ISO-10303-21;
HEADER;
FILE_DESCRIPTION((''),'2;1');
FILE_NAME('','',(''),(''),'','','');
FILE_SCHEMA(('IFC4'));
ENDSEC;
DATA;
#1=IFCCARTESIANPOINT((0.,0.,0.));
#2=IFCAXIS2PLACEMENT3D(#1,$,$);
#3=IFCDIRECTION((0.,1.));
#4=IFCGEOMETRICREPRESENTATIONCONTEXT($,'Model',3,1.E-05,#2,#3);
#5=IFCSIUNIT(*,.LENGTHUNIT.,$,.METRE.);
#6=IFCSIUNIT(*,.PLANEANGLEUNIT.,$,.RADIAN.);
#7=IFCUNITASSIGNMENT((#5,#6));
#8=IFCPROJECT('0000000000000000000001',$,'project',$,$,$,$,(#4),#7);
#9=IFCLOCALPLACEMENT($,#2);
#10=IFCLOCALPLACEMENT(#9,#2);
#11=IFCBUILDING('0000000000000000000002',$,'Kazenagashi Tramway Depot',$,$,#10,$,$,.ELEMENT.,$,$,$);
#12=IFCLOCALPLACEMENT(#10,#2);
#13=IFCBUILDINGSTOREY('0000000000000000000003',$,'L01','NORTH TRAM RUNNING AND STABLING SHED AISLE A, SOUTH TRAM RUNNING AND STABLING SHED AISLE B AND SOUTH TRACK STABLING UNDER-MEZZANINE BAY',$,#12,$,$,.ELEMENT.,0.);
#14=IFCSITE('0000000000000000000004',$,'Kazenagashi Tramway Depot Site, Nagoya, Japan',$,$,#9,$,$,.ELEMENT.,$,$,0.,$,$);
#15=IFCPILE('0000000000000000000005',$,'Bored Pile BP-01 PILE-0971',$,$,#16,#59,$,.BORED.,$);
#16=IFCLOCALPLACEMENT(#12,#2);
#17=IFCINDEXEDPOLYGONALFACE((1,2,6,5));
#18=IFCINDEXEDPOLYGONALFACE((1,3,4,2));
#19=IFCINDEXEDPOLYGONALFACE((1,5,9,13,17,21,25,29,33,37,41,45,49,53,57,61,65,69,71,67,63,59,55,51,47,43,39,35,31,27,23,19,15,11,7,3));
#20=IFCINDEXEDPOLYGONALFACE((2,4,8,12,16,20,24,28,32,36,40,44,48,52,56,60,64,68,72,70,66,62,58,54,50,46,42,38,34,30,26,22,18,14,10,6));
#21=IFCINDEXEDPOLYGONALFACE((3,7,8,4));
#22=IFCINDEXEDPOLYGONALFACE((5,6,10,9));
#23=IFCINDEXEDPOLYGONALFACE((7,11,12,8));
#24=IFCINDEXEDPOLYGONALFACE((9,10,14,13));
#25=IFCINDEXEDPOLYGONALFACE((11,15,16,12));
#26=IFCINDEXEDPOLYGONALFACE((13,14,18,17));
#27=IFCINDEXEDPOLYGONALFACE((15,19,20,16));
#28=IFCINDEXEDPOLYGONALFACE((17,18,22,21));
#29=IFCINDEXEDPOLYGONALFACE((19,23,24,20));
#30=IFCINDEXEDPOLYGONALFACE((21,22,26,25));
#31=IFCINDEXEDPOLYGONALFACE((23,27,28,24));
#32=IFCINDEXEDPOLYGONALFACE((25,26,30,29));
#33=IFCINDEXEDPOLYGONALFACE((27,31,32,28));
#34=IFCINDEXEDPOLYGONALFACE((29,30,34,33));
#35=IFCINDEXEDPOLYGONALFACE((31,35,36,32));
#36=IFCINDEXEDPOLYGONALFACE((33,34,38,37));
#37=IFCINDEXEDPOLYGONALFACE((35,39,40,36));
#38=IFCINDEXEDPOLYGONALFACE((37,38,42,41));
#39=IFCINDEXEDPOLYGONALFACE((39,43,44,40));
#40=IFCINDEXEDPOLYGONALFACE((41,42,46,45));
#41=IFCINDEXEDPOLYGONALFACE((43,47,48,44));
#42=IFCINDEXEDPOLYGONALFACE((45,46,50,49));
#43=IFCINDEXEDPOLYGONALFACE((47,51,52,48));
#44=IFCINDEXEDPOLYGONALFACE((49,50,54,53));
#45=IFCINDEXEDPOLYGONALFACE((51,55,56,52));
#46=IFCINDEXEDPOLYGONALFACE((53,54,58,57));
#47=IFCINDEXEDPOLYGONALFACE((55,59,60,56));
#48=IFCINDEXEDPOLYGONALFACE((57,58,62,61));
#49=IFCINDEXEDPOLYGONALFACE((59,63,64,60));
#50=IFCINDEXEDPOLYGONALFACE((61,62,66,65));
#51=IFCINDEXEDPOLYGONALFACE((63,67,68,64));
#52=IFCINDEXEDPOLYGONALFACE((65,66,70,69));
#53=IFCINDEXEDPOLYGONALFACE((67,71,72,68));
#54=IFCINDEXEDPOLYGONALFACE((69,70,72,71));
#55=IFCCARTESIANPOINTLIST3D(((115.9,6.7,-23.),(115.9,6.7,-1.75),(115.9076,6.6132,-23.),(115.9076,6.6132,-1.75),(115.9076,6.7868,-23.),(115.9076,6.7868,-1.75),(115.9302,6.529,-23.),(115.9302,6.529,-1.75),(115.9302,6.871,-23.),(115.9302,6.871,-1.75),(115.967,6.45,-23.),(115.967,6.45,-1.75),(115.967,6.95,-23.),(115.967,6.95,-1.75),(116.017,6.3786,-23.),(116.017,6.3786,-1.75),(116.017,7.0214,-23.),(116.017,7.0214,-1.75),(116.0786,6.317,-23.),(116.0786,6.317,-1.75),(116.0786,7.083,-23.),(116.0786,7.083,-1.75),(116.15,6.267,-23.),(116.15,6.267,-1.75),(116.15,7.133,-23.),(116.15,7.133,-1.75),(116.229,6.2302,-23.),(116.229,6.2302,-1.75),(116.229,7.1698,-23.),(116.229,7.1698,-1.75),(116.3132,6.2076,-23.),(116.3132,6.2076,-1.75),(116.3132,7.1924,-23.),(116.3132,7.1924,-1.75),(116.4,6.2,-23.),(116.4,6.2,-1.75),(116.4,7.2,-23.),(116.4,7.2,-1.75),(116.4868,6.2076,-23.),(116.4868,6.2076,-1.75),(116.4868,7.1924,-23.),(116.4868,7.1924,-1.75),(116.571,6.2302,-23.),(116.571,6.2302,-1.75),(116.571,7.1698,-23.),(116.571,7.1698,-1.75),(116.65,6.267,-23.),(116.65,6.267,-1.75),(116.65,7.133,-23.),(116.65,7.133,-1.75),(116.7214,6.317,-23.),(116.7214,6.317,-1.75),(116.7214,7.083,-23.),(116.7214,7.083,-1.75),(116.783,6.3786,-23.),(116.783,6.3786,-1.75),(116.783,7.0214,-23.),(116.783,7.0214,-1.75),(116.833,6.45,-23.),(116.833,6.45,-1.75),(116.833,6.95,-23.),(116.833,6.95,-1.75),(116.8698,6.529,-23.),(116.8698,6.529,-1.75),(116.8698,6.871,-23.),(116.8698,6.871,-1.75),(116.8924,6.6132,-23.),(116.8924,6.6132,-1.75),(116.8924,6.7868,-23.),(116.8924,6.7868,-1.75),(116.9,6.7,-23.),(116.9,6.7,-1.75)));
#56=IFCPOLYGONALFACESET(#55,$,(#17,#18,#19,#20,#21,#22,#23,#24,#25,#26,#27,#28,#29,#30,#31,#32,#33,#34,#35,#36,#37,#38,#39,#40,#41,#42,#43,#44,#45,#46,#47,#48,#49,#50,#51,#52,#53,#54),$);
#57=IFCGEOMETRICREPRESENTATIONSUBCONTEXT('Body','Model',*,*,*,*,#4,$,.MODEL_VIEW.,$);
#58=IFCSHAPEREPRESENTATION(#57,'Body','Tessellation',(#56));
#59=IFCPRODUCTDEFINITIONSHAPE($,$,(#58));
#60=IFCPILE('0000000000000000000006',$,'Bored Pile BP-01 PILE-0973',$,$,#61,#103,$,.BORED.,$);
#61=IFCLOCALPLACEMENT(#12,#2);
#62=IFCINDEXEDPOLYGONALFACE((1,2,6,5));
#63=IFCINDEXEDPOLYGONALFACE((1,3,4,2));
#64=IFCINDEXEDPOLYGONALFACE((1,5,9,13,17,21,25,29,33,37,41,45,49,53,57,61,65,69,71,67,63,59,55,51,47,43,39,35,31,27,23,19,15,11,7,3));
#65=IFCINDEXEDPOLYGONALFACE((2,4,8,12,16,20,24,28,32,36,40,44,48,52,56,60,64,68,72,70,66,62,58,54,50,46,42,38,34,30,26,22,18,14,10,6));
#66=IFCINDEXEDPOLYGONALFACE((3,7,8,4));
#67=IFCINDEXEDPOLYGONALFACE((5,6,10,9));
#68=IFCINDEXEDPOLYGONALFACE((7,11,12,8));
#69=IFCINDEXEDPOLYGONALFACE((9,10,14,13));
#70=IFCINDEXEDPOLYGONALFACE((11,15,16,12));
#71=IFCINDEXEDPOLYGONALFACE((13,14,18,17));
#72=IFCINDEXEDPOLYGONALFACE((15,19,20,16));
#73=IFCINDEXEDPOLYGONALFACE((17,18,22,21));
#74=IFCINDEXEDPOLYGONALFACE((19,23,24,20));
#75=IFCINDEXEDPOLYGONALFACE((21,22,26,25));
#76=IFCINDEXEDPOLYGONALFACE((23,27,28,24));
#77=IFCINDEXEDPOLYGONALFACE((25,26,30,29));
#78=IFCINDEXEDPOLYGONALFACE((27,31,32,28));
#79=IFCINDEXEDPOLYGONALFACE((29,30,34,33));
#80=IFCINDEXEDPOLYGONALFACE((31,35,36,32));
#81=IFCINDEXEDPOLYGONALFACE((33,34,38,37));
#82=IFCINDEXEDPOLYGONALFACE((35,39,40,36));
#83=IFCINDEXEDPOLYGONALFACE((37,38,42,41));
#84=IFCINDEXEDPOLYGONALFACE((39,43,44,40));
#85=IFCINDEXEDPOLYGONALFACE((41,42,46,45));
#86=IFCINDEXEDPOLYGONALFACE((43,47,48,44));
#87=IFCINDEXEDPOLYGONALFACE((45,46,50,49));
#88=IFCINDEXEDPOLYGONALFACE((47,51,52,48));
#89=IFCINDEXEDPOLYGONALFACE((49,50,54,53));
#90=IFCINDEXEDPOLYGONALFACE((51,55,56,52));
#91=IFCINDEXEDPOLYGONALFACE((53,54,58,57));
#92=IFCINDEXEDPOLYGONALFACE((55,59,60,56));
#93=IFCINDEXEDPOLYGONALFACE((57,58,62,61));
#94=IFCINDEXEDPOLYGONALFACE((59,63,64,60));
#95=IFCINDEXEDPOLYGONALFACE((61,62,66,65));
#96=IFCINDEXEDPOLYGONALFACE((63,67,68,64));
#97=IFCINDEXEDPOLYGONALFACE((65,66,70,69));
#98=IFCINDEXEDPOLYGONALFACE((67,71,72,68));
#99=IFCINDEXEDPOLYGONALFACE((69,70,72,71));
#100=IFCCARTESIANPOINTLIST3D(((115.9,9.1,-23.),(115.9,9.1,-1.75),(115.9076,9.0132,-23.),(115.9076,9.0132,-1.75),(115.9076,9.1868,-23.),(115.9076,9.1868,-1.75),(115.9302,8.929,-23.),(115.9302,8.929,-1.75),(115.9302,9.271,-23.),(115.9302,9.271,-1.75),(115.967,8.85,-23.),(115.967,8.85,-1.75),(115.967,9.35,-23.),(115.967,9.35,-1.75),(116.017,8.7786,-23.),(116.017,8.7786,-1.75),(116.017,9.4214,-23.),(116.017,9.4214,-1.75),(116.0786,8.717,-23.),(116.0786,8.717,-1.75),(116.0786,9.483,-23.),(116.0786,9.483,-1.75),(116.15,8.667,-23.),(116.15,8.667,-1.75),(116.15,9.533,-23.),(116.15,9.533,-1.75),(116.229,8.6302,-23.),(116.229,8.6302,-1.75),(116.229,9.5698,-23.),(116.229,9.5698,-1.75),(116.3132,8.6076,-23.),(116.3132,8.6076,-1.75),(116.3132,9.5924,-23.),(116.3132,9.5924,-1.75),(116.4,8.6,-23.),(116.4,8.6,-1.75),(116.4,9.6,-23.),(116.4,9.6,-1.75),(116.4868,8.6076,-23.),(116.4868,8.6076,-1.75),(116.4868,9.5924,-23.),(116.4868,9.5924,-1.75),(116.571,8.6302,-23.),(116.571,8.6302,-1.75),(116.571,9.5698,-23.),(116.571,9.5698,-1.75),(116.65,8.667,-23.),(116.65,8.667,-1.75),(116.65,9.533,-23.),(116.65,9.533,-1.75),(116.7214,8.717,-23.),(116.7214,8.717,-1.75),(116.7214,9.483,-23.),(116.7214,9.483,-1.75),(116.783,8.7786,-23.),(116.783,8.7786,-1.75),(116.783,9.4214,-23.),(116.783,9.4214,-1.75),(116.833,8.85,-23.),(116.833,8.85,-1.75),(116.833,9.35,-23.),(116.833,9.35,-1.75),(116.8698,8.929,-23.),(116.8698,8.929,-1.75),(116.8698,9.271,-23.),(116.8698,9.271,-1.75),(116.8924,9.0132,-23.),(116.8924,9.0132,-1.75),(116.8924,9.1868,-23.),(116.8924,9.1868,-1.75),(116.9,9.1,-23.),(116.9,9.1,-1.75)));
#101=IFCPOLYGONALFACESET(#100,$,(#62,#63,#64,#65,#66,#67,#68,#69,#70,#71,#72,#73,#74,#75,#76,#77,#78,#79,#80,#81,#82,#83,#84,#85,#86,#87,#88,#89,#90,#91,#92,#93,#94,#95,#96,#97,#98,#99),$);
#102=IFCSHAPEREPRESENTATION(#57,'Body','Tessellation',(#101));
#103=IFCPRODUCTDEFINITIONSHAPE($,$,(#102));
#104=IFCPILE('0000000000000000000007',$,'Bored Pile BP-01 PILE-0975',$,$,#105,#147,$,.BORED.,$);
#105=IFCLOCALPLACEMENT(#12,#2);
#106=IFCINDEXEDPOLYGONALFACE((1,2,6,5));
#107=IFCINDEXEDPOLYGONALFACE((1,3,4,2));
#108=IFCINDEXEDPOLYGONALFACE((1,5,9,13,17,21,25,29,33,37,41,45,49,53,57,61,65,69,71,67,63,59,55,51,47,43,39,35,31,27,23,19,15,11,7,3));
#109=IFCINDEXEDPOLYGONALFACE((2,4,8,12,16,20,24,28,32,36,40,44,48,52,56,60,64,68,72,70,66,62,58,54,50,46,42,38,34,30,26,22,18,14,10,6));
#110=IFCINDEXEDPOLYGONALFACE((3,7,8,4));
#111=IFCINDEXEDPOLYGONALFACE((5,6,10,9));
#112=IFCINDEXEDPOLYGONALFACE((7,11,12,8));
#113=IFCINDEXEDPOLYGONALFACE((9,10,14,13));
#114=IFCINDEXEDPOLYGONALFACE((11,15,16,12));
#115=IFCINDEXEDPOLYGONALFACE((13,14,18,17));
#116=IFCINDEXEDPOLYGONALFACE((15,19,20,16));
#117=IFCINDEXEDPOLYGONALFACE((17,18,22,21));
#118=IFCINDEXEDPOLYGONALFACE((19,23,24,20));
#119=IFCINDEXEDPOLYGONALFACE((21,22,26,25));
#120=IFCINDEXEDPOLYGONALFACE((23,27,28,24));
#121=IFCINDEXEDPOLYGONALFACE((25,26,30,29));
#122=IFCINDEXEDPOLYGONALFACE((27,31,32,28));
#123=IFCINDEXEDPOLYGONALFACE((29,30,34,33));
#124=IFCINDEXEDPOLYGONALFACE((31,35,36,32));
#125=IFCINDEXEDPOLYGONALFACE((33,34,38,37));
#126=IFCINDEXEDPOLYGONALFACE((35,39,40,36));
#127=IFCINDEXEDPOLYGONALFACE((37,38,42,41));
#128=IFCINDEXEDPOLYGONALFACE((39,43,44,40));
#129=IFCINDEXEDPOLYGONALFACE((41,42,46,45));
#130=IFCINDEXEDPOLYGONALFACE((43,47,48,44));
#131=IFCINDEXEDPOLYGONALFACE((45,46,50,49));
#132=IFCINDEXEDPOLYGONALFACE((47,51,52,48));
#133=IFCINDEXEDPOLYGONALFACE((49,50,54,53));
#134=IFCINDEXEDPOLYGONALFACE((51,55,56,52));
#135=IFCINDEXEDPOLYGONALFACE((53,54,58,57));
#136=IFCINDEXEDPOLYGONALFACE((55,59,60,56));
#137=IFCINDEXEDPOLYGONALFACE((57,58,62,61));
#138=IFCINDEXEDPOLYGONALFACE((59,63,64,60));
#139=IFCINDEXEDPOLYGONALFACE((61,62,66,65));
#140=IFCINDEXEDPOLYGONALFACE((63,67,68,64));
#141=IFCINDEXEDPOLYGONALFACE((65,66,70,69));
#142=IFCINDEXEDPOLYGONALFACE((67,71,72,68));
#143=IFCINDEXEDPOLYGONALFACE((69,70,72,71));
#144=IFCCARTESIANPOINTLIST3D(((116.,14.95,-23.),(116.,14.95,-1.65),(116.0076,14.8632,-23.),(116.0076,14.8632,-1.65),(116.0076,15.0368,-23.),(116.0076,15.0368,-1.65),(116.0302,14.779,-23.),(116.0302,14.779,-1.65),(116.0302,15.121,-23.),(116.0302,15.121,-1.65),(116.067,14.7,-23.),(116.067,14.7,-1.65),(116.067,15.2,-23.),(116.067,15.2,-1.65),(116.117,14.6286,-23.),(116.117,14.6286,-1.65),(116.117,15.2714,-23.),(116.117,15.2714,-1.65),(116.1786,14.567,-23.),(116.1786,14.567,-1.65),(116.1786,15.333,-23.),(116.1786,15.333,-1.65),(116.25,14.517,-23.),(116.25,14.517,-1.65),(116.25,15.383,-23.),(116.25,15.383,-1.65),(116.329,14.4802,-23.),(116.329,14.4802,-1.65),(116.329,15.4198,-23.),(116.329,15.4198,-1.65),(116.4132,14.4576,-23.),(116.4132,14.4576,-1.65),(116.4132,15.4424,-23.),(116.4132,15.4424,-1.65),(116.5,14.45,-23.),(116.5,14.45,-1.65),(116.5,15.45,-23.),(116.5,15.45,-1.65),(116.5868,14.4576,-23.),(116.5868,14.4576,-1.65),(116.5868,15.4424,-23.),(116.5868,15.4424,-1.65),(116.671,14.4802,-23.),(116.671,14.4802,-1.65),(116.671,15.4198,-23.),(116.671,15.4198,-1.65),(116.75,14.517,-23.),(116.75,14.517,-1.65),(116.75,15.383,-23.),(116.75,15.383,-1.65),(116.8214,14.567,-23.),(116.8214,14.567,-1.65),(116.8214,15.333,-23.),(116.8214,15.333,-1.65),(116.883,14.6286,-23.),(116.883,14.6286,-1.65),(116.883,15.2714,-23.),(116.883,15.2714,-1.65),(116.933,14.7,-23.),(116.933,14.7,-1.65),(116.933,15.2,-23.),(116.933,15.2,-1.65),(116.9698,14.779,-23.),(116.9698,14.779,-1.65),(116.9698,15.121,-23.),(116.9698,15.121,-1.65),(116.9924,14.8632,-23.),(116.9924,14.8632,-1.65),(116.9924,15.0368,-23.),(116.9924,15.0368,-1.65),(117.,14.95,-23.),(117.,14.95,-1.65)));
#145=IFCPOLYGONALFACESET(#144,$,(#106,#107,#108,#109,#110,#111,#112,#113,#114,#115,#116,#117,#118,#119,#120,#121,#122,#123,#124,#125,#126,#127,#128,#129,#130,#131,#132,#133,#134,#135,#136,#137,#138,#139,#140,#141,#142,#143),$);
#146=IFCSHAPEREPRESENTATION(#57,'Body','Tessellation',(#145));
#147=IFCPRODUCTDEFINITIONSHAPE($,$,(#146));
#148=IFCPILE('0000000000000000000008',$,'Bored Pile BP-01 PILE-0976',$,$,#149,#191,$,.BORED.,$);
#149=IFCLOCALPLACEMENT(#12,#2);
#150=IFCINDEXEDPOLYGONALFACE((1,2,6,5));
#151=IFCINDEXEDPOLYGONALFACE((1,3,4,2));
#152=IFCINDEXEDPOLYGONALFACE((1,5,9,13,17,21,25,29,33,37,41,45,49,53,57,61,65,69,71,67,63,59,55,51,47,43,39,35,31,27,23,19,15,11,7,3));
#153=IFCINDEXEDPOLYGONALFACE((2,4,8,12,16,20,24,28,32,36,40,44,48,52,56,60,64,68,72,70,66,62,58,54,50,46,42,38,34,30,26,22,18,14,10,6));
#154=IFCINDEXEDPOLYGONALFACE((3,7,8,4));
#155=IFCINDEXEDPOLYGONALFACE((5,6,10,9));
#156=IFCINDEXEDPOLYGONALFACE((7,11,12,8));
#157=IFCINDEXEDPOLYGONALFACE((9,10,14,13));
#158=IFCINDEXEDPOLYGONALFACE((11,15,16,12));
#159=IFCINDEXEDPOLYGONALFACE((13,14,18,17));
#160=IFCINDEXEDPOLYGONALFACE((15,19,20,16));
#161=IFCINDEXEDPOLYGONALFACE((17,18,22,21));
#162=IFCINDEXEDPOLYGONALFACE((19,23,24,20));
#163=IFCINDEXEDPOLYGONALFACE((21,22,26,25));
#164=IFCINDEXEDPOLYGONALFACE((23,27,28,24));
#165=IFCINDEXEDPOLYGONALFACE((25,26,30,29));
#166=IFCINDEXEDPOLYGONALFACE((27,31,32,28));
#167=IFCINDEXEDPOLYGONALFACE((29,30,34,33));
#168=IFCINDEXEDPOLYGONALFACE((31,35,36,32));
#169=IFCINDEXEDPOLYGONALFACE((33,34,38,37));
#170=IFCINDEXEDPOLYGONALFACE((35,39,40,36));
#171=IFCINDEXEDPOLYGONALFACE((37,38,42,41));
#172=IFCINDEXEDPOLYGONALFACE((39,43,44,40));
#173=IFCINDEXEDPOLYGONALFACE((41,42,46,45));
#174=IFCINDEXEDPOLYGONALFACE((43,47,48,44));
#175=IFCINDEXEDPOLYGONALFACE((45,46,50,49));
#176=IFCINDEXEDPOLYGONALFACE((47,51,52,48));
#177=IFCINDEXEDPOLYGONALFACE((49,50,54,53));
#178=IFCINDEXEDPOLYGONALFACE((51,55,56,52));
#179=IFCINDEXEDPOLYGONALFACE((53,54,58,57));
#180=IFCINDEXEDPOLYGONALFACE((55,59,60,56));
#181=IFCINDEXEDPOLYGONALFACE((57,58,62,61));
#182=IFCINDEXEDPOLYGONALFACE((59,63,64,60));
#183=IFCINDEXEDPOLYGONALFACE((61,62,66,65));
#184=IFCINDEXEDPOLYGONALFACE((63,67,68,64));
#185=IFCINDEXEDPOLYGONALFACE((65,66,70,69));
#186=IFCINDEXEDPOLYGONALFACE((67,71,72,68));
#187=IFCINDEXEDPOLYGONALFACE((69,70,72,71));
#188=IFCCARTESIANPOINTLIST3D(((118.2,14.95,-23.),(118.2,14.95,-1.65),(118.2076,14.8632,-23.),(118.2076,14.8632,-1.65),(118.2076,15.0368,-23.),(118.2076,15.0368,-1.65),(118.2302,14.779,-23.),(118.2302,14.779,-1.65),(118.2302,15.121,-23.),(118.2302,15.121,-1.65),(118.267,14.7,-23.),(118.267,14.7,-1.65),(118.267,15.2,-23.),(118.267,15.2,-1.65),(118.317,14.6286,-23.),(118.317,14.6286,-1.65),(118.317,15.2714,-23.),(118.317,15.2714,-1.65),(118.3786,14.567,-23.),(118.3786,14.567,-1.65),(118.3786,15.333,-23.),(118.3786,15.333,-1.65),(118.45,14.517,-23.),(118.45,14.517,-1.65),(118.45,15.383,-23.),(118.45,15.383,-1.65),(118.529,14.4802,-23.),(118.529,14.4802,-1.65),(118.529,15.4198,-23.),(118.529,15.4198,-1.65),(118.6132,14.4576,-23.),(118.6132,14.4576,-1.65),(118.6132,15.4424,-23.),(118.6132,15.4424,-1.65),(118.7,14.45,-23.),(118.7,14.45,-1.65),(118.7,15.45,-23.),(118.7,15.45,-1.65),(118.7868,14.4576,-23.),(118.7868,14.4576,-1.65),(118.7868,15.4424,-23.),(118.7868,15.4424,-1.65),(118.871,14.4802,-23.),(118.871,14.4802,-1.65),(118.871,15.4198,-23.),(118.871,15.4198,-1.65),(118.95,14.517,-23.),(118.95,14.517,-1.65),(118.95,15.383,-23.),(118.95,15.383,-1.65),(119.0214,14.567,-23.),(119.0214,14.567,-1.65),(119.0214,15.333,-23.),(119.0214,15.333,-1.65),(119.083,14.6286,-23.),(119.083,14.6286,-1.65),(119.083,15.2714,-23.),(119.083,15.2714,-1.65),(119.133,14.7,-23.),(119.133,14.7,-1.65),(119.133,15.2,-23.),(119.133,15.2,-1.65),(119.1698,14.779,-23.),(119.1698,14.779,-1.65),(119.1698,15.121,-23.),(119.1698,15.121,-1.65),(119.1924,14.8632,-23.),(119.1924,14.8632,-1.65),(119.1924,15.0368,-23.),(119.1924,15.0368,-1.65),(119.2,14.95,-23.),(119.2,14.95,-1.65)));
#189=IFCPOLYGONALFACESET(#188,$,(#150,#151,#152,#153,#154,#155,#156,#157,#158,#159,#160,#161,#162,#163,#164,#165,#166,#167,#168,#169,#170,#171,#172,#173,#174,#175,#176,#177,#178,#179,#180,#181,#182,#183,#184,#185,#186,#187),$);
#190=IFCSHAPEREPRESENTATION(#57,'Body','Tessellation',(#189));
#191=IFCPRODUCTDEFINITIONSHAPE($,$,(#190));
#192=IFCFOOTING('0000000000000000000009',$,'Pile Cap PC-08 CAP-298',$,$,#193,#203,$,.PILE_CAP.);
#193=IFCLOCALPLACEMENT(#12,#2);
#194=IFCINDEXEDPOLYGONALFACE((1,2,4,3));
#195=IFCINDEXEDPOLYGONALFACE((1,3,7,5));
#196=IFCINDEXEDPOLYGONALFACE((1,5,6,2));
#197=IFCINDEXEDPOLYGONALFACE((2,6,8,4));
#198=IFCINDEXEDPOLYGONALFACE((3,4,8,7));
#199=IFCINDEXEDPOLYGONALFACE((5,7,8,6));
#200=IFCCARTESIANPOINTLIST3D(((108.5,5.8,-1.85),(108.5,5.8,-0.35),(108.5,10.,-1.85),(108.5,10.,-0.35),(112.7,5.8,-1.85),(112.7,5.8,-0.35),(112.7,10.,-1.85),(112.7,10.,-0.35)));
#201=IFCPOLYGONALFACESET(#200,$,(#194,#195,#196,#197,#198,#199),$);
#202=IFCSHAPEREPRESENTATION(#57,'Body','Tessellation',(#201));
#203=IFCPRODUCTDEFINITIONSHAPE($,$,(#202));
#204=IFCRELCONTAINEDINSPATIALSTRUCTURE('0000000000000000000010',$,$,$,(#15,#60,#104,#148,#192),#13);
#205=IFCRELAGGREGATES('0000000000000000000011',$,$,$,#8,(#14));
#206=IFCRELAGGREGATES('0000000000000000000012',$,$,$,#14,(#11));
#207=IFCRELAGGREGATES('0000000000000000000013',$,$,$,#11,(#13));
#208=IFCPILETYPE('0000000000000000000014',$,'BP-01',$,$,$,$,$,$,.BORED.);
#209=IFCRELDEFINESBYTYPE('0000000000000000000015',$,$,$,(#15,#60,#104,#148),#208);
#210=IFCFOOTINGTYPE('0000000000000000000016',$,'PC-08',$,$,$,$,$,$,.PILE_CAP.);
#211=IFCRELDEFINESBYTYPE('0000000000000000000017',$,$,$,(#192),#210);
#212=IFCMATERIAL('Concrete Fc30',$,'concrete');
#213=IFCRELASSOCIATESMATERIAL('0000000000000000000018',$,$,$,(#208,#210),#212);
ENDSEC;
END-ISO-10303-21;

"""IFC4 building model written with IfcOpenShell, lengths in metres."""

from ifc_helpers import new_model, si_unit, direction, frame, origin, origin_2d, place, context, subcontext, project, spatial, rectangle, circle, extrude, material, material_profile, profile_set, type_object, element, save


model = new_model("IFC4")

# Units and contexts
model_context = context("Model", 3, precision=1e-05, world=origin(), true_north=direction((0.0, 1.0)))
body_context = subcontext(model_context, "Body", "Model", "MODEL_VIEW")
ifc_project = project(units=[si_unit("LENGTHUNIT", "METRE"), si_unit("PLANEANGLEUNIT", "RADIAN")], contexts=[model_context])

# Site, building, storey
site_placement = place(None, origin())
site = spatial("IfcSite", under=ifc_project, at=site_placement, Name="Kazenagashi Tramway Depot Site, Nagoya, Japan", CompositionType="ELEMENT", RefElevation=0.0)
building_placement = place(site_placement, origin())
building = spatial("IfcBuilding", under=site, at=building_placement, Name="Kazenagashi Tramway Depot", CompositionType="ELEMENT")
storey_placement = place(building_placement, origin())
storey = spatial("IfcBuildingStorey", under=building, at=storey_placement, Name="L01", Description="NORTH TRAM RUNNING AND STABLING SHED AISLE A, SOUTH TRAM RUNNING AND STABLING SHED AISLE B AND SOUTH TRACK STABLING UNDER-MEZZANINE BAY", CompositionType="ELEMENT", Elevation=0.0)

# Piles
ifc_material_1 = material(Name="Concrete Fc30", Category="concrete")
ifc_material_profile_1 = material_profile(ifc_material_1, circle(Radius=0.5, at=origin_2d()), Name="PILE-1000")
ifc_profile_set_1 = profile_set([ifc_material_profile_1], Name="Concrete Fc30")
pile_type = type_object("IfcPileType", Name="BP-01", PredefinedType="BORED", material=ifc_profile_set_1)
for number, where, z_axis, x_axis, name in (
    (1, (116.4, 6.7, -1.75), (0.0, 0.0, -1.0), (1.0, 0.0, 0.0), "Bored Pile BP-01 PILE-0971"),
    (2, (116.4, 9.1, -1.75), (0.0, 0.0, -1.0), (1.0, 0.0, 0.0), "Bored Pile BP-01 PILE-0973"),
):
    element("IfcPile", number, at=place(storey_placement, frame(where, z_axis=z_axis, x_axis=x_axis)), inside=storey, type_object=pile_type, Name=name, PredefinedType="BORED", context=body_context, shape_type="SweptSolid", body=[
        extrude(circle(Radius=0.5, at=origin_2d()), origin(), (0.0, 0.0, 1.0), 21.25),
    ])
for number, where, z_axis, x_axis, name in (
    (3, (116.5, 14.95, -1.65), (0.0, 0.0, -1.0), (1.0, 0.0, 0.0), "Bored Pile BP-01 PILE-0975"),
    (4, (118.7, 14.95, -1.65), (0.0, 0.0, -1.0), (1.0, 0.0, 0.0), "Bored Pile BP-01 PILE-0976"),
):
    element("IfcPile", number, at=place(storey_placement, frame(where, z_axis=z_axis, x_axis=x_axis)), inside=storey, type_object=pile_type, Name=name, PredefinedType="BORED", context=body_context, shape_type="SweptSolid", body=[
        extrude(circle(Radius=0.5, at=origin_2d()), origin(), (0.0, 0.0, 1.0), 21.35),
    ])

# Footing
footing_type_1 = type_object("IfcFootingType", Name="PC-08", PredefinedType="PILE_CAP", material=ifc_material_1)
for number, where, z_axis, x_axis, name in (
    (5, (110.6, 7.9, -1.85), (0.0, 0.0, 1.0), (1.0, 0.0, 0.0), "Pile Cap PC-08 CAP-298"),
):
    element("IfcFooting", number, at=place(storey_placement, frame(where, z_axis=z_axis, x_axis=x_axis)), inside=storey, type_object=footing_type_1, Name=name, PredefinedType="PILE_CAP", context=body_context, shape_type="SweptSolid", body=[
        extrude(rectangle(XDim=4.2, YDim=4.2, at=origin_2d()), origin(), (0.0, 0.0, 1.0), 1.5),
    ])

save(model, "model.ifc")
